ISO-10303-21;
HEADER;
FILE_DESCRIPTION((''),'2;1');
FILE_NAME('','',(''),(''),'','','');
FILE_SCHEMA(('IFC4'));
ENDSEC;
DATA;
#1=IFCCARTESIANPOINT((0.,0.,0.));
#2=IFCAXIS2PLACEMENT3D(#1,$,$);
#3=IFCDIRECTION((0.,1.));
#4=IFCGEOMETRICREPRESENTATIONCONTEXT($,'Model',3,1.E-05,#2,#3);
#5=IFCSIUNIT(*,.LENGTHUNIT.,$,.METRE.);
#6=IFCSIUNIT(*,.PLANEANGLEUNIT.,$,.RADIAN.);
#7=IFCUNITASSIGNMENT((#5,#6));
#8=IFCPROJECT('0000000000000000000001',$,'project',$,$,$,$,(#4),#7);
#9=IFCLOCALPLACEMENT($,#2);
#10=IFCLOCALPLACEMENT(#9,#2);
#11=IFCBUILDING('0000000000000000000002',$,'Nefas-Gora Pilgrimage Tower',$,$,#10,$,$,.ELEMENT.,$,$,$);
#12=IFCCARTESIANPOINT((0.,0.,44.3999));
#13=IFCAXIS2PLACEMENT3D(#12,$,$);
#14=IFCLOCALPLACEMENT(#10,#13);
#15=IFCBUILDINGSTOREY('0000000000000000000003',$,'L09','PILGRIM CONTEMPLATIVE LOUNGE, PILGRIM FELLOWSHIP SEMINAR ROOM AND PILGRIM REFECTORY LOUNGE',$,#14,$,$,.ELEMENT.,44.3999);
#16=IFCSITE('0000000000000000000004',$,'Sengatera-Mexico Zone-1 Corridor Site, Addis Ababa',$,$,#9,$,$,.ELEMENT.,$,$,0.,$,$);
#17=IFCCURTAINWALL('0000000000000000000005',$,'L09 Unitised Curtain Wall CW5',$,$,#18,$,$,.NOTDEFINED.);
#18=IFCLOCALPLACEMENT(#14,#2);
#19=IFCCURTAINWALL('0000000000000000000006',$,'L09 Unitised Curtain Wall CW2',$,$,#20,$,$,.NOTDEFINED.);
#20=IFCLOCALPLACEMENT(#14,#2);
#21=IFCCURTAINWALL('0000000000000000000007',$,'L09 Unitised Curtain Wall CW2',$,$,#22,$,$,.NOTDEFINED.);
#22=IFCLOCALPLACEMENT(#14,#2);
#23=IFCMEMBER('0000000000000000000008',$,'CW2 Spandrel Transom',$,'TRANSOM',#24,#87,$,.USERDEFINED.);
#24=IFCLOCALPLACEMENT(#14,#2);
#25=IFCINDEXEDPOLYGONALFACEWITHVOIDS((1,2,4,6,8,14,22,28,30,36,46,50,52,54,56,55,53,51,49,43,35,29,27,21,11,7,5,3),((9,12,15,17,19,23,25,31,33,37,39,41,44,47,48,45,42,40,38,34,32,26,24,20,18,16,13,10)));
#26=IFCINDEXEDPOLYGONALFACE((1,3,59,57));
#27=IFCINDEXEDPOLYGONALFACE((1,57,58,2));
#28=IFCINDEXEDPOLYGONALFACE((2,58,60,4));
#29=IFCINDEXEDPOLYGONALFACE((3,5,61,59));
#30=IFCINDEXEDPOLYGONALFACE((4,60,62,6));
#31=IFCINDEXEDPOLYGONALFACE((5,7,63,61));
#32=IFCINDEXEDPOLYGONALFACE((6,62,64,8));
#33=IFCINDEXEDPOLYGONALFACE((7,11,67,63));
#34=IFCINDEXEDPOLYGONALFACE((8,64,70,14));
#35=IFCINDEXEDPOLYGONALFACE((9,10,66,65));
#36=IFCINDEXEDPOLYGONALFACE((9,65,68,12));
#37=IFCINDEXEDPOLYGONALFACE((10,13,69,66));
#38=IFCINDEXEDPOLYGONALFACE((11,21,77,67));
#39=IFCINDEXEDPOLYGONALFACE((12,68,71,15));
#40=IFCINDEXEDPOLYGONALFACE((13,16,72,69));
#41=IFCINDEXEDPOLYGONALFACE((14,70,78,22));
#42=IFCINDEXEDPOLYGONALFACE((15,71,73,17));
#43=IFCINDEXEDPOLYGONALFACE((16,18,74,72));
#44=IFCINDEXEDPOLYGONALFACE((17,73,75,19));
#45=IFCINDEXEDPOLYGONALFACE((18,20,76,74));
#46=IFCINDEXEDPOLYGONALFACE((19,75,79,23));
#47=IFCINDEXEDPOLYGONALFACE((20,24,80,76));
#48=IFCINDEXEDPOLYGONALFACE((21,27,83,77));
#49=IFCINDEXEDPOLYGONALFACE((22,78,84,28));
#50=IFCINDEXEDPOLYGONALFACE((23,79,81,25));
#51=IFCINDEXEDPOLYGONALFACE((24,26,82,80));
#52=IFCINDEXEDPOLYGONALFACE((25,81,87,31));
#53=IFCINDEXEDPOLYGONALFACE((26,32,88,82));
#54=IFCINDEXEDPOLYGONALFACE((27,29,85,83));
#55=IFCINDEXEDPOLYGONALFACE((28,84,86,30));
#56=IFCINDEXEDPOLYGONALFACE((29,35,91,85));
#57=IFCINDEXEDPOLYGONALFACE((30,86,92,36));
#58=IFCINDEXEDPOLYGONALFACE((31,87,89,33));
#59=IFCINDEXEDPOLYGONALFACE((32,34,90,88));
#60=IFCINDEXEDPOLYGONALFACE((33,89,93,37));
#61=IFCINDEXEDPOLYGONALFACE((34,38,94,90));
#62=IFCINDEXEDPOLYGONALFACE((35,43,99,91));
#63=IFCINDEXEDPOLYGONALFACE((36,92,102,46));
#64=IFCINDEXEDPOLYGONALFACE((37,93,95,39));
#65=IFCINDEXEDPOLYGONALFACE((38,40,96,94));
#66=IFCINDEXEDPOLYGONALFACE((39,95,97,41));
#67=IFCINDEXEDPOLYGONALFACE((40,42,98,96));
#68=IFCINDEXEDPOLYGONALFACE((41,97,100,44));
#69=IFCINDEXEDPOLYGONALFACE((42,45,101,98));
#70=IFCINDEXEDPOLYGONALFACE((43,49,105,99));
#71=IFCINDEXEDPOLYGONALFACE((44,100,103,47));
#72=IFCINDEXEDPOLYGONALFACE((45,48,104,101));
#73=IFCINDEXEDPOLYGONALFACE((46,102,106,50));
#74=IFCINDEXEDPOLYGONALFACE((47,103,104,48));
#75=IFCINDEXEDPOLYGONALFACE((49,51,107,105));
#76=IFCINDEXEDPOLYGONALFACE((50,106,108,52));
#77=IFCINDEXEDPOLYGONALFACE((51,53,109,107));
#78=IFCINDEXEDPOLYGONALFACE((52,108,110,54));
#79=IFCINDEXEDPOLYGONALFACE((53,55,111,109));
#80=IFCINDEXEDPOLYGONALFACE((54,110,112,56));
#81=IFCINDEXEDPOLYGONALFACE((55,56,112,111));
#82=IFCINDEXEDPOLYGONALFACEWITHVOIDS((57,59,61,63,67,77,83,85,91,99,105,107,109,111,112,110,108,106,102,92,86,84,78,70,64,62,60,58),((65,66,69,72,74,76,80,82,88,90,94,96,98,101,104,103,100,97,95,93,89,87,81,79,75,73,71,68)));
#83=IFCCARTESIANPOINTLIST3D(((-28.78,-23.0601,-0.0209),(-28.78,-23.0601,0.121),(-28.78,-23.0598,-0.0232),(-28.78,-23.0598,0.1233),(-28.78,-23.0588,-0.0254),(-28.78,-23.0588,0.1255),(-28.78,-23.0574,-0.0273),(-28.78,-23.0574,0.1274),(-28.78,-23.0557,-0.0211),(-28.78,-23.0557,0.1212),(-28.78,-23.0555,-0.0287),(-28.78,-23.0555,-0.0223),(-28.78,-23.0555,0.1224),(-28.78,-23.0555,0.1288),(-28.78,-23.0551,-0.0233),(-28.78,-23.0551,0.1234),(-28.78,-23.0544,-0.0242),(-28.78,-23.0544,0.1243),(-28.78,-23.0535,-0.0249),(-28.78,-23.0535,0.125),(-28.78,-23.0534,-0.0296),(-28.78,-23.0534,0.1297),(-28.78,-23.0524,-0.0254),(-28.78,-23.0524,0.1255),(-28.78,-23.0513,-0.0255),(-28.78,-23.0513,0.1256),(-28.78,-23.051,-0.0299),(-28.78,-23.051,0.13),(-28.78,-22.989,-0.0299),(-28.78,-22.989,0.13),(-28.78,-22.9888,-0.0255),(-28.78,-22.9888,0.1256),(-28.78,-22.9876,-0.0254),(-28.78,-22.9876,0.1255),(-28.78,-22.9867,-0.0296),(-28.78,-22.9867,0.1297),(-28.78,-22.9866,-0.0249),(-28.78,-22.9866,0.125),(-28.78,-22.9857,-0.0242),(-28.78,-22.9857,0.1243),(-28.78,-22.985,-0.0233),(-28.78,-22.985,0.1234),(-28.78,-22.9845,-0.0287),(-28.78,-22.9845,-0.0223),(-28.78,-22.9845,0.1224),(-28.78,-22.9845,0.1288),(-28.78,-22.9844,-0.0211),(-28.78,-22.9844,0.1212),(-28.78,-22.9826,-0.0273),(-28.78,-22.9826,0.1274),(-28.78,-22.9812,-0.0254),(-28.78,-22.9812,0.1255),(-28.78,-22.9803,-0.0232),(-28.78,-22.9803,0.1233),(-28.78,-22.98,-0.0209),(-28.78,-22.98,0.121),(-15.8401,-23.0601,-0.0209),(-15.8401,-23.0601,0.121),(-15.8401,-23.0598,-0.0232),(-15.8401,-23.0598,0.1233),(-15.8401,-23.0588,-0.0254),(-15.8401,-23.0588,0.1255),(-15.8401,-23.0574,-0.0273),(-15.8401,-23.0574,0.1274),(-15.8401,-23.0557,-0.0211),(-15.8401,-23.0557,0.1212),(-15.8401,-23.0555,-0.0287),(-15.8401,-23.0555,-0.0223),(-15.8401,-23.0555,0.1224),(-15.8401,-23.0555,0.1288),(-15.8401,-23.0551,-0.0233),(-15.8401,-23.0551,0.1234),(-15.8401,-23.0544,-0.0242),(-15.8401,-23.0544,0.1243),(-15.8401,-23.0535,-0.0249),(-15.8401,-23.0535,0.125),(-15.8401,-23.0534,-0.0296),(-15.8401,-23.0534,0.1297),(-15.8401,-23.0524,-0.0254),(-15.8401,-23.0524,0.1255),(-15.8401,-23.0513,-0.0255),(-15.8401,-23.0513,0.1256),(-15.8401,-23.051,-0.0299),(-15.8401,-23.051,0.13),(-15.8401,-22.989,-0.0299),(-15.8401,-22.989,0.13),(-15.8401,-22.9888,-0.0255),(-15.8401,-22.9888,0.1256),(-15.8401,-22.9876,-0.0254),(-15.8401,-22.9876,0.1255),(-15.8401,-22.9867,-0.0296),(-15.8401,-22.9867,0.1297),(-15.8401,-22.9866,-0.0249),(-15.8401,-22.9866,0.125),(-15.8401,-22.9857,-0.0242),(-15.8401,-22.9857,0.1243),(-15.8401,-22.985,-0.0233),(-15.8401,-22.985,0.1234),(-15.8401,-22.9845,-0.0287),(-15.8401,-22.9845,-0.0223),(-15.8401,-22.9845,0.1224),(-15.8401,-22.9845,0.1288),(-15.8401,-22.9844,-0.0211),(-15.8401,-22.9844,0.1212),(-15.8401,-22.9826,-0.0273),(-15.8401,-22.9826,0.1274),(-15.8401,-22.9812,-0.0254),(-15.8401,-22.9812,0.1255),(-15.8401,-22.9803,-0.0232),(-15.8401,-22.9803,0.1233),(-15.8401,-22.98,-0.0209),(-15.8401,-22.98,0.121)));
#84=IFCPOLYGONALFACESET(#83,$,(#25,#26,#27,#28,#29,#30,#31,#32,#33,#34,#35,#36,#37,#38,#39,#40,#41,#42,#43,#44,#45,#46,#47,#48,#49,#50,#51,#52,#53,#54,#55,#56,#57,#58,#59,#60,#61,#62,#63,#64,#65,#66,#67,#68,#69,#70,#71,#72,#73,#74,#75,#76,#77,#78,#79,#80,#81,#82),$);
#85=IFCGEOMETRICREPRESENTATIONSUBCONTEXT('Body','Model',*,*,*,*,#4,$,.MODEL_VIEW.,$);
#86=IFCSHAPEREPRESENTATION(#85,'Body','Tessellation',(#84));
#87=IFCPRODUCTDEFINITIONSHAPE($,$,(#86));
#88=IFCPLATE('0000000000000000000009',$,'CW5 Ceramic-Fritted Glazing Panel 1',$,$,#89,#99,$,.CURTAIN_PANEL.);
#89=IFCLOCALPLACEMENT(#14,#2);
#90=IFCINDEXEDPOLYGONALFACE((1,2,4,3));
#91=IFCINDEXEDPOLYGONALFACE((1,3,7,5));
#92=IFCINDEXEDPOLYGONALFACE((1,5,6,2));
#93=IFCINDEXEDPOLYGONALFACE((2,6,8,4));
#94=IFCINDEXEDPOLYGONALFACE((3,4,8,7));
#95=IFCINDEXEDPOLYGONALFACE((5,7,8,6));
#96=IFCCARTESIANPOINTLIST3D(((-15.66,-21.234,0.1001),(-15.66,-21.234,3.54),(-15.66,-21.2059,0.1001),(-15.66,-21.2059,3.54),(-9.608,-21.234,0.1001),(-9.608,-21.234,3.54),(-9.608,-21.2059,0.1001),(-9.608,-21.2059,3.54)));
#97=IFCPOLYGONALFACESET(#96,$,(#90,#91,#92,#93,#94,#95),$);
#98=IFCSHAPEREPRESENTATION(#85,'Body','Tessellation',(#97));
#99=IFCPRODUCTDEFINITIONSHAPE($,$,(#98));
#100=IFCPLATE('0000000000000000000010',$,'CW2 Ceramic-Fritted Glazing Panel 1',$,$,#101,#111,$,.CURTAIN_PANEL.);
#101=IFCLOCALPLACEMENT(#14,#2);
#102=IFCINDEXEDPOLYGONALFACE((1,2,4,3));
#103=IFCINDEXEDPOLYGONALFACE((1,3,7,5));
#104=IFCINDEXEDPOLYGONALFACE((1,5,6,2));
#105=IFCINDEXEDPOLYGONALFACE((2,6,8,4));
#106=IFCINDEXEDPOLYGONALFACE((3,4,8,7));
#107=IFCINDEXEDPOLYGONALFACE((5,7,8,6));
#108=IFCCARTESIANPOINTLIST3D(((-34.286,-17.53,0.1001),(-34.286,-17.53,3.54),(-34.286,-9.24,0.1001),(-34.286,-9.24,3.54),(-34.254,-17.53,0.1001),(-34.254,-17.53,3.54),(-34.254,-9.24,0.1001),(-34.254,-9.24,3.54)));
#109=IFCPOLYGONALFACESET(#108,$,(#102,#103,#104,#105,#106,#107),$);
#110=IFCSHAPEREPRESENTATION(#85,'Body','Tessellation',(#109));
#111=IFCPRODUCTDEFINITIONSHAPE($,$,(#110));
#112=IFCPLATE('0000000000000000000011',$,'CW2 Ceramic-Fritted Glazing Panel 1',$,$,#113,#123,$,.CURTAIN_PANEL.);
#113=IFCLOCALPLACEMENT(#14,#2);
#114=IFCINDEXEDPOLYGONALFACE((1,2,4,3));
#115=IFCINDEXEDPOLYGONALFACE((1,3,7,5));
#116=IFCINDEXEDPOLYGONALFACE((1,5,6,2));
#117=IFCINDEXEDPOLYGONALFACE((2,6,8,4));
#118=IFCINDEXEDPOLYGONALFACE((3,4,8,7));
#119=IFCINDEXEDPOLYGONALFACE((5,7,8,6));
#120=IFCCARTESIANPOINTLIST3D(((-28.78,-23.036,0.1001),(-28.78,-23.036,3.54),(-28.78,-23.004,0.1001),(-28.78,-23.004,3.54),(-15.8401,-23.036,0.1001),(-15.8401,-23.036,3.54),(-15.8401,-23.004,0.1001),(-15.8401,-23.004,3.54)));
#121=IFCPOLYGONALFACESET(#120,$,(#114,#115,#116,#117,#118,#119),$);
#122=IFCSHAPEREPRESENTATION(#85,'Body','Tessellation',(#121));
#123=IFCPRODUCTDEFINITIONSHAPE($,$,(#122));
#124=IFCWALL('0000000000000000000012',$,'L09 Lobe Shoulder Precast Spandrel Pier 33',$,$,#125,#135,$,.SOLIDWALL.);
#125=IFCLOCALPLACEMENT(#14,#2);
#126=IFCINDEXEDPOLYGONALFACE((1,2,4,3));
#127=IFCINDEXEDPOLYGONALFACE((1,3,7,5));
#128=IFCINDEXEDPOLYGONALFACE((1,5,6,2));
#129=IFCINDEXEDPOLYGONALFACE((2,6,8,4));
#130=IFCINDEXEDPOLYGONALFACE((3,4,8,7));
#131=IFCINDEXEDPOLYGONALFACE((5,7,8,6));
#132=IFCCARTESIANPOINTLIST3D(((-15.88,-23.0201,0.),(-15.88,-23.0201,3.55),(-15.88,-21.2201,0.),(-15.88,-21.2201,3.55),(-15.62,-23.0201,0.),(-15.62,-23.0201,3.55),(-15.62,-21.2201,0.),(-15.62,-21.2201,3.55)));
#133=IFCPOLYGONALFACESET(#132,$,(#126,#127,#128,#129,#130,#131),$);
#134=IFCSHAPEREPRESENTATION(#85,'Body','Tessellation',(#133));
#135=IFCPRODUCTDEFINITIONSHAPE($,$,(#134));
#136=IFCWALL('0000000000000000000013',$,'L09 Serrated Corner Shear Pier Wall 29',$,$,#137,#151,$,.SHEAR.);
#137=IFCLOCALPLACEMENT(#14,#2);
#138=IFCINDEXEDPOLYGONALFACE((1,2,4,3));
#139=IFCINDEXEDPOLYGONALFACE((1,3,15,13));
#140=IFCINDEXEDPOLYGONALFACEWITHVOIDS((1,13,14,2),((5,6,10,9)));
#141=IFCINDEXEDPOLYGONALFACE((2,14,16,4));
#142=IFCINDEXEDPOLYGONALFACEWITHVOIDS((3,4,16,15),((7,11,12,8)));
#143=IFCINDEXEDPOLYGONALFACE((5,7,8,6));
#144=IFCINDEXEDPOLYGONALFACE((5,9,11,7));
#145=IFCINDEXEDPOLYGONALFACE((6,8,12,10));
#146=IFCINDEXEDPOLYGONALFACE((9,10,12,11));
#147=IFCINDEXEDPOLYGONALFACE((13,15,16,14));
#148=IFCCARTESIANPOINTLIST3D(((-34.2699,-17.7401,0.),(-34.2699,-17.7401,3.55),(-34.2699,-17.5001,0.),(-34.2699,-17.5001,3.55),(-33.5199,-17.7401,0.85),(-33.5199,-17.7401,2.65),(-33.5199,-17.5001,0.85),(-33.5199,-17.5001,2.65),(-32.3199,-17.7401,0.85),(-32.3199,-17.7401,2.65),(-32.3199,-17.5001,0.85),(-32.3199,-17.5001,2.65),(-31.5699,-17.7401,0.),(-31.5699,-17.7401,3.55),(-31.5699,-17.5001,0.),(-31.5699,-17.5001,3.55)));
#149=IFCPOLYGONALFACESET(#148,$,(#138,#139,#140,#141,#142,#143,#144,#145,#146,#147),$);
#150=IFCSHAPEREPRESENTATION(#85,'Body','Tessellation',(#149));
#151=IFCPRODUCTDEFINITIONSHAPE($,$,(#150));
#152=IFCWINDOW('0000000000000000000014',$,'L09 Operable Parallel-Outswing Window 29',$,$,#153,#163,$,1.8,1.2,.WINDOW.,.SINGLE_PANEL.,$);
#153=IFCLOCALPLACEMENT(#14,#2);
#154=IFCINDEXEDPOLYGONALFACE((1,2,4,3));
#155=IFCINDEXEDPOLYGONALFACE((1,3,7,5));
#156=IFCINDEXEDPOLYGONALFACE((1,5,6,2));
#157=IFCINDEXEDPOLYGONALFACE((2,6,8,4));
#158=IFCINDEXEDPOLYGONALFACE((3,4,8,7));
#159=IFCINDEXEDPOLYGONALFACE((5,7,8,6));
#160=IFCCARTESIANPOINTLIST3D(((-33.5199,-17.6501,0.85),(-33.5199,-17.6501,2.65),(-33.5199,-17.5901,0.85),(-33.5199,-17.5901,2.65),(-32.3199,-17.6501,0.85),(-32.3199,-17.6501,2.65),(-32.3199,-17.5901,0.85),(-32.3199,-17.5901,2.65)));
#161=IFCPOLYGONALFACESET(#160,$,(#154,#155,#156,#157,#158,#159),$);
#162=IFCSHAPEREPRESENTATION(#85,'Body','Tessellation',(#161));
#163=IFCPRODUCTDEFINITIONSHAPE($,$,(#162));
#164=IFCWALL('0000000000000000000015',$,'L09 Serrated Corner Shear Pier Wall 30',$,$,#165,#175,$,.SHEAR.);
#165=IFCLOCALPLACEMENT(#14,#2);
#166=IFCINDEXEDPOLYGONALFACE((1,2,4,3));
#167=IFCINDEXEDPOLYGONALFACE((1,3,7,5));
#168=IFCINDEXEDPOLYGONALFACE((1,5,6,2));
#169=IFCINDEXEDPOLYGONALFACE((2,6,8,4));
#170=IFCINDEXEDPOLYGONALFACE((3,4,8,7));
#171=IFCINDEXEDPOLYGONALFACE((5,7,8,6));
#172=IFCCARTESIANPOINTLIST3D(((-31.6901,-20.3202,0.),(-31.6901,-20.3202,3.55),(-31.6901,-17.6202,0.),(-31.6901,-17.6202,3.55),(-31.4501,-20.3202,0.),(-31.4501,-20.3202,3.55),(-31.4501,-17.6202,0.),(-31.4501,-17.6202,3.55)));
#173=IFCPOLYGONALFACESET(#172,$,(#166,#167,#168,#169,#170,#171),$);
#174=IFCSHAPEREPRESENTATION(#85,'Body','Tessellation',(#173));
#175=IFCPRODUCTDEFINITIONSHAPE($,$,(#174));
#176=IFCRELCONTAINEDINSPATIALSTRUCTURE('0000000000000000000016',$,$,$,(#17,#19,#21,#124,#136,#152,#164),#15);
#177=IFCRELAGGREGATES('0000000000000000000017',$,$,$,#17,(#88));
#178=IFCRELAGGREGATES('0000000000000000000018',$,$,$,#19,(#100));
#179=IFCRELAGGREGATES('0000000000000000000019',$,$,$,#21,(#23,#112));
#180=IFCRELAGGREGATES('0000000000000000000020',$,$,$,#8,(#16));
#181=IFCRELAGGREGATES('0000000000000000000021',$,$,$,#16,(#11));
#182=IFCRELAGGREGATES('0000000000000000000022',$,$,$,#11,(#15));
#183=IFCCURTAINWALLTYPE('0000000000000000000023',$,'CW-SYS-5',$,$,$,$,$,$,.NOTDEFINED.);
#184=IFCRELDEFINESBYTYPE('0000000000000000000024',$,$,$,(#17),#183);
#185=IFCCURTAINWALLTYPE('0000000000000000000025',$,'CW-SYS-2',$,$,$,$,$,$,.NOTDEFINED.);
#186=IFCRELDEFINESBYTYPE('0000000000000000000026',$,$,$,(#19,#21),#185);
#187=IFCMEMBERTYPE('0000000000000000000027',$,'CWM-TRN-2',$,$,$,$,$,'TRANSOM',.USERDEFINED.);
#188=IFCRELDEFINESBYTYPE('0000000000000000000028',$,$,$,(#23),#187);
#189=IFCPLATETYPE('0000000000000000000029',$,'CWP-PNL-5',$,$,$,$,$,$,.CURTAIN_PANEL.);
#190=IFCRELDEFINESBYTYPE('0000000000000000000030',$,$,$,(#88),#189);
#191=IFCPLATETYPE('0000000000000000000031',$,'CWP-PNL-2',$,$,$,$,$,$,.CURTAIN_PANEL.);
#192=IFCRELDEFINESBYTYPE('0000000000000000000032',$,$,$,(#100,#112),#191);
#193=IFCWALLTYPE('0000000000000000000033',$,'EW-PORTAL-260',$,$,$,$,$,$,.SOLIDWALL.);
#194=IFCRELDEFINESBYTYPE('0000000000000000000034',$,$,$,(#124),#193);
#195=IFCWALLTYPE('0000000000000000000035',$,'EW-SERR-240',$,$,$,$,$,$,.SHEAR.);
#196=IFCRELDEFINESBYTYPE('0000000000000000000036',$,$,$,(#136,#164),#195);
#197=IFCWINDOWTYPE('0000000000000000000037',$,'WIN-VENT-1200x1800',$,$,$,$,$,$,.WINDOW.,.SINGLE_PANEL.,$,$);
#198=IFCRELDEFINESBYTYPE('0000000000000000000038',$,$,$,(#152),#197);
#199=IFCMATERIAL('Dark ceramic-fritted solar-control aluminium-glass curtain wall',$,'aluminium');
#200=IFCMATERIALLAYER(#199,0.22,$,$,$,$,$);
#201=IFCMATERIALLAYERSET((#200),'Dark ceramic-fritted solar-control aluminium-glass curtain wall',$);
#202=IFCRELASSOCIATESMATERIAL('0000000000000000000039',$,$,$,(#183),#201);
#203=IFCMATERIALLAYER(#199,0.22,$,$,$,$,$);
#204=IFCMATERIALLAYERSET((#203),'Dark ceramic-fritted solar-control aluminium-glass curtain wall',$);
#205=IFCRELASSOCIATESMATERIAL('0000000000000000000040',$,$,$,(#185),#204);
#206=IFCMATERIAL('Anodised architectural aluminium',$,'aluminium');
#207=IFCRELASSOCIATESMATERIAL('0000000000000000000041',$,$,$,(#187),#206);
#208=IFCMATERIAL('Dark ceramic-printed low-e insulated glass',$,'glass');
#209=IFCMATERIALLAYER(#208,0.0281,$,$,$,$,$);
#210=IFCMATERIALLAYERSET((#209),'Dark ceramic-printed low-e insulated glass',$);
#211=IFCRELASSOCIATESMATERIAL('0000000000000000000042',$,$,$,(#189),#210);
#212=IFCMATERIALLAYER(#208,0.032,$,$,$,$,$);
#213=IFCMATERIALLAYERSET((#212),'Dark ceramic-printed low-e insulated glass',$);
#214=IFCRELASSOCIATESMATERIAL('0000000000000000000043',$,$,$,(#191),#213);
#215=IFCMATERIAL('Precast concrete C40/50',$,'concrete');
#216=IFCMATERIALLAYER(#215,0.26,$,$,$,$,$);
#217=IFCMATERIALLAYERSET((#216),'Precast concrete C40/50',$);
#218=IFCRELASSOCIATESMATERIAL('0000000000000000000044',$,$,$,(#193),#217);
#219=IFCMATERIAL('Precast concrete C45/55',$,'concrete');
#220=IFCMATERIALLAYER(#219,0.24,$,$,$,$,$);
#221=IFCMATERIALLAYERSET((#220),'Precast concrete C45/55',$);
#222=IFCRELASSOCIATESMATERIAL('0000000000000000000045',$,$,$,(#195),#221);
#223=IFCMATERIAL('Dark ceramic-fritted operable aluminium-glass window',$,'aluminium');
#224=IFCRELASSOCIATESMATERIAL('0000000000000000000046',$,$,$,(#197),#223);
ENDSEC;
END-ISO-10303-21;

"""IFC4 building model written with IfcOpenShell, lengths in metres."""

from ifc_helpers import new_model, si_unit, direction, frame, frame_2d, origin, origin_2d, place, context, subcontext, project, spatial, rectangle, hollow_rectangle, extrude, source, transform, mapped, material, layer, layer_set, material_profile, profile_set, type_object, element, fill, aggregate, save


model = new_model("IFC4")

# Units and contexts
model_context = context("Model", 3, precision=1e-05, world=origin(), true_north=direction((0.0, 1.0)))
body_context = subcontext(model_context, "Body", "Model", "MODEL_VIEW")
ifc_project = project(units=[si_unit("LENGTHUNIT", "METRE"), si_unit("PLANEANGLEUNIT", "RADIAN")], contexts=[model_context])

# Site, building, storey
site_placement = place(None, origin())
site = spatial("IfcSite", under=ifc_project, at=site_placement, Name="Sengatera-Mexico Zone-1 Corridor Site, Addis Ababa", CompositionType="ELEMENT", RefElevation=0.0)
building_placement = place(site_placement, origin())
building = spatial("IfcBuilding", under=site, at=building_placement, Name="Nefas-Gora Pilgrimage Tower", CompositionType="ELEMENT")
storey_placement = place(building_placement, frame((0.0, 0.0, 44.3999)))
storey = spatial("IfcBuildingStorey", under=building, at=storey_placement, Name="L09", Description="PILGRIM CONTEMPLATIVE LOUNGE, PILGRIM FELLOWSHIP SEMINAR ROOM AND PILGRIM REFECTORY LOUNGE", CompositionType="ELEMENT", Elevation=44.3999)

# Curtain wall
ifc_material_1 = material(Name="Dark ceramic-fritted solar-control aluminium-glass curtain wall", Category="aluminium")
ifc_layer_1 = layer(ifc_material_1, 0.22)
ifc_layer_set_1 = layer_set([ifc_layer_1], Name="Dark ceramic-fritted solar-control aluminium-glass curtain wall")
curtain_wall_type_1 = type_object("IfcCurtainWallType", Name="CW-SYS-5", PredefinedType="NOTDEFINED", material=ifc_layer_set_1)
curtain_wall_1_placement = place(storey_placement, origin())
curtain_wall_1 = element("IfcCurtainWall", 1, at=curtain_wall_1_placement, inside=storey, type_object=curtain_wall_type_1, Name="L09 Unitised Curtain Wall CW5", PredefinedType="NOTDEFINED")
ifc_material_2 = material(Name="Anodised architectural aluminium", Category="aluminium")

# Curtain wall
ifc_layer_2 = layer(ifc_material_1, 0.22)
ifc_layer_set_2 = layer_set([ifc_layer_2], Name="Dark ceramic-fritted solar-control aluminium-glass curtain wall")
curtain_wall_type_2 = type_object("IfcCurtainWallType", Name="CW-SYS-2", PredefinedType="NOTDEFINED", material=ifc_layer_set_2)
curtain_wall_2_placement = place(storey_placement, origin())
curtain_wall_2 = element("IfcCurtainWall", 2, at=curtain_wall_2_placement, inside=storey, type_object=curtain_wall_type_2, Name="L09 Unitised Curtain Wall CW2", PredefinedType="NOTDEFINED")

# Curtain wall
curtain_wall_3_placement = place(storey_placement, origin())
curtain_wall_3 = element("IfcCurtainWall", 3, at=curtain_wall_3_placement, inside=storey, type_object=curtain_wall_type_2, Name="L09 Unitised Curtain Wall CW2", PredefinedType="NOTDEFINED")

# Member
ifc_material_profile_1 = material_profile(ifc_material_2, hollow_rectangle(XDim=0.0801, YDim=0.1599, WallThickness=0.0044, InnerFilletRadius=0.0044, OuterFilletRadius=0.009, at=origin_2d()), Name="ALU TRANSOM 80x160")
ifc_profile_set_1 = profile_set([ifc_material_profile_1], Name="Anodised architectural aluminium")
member_type_1 = type_object("IfcMemberType", Name="CWM-TRN-2", ElementType="TRANSOM", PredefinedType="USERDEFINED", material=ifc_profile_set_1)
shared_shape_1 = source(origin(), body_context, "Body", "SweptSolid", [
    extrude(hollow_rectangle(XDim=0.0801, YDim=0.1599, WallThickness=0.0044, InnerFilletRadius=0.0044, OuterFilletRadius=0.009, at=origin_2d()), origin(), (0.0, 0.0, 1.0), 12.9399),
])
member_1_placement = place(storey_placement, frame((-28.78, -23.02, 0.05), z_axis=(1.0, 0.0, 0.0), x_axis=(0.0, 1.0, 0.0)))
member_1 = element("IfcMember", 4, at=member_1_placement, type_object=member_type_1, Name="CW2 Spandrel Transom", ObjectType="TRANSOM", PredefinedType="USERDEFINED", context=body_context, shape_type="MappedRepresentation", body=[
    mapped(shared_shape_1, transform((0.0, 0.0, 0.0), x_axis=(1.0, 0.0, 0.0), y_axis=(0.0, 1.0, 0.0), z_axis=(0.0, 0.0, 1.0), scale=1.0)),
])

# Plates
ifc_material_3 = material(Name="Dark ceramic-printed low-e insulated glass", Category="glass")
ifc_layer_3 = layer(ifc_material_3, 0.0281)
ifc_layer_set_3 = layer_set([ifc_layer_3], Name="Dark ceramic-printed low-e insulated glass")
plate_type_1 = type_object("IfcPlateType", Name="CWP-PNL-5", PredefinedType="CURTAIN_PANEL", material=ifc_layer_set_3)
shared_shape_2 = source(origin(), body_context, "Body", "SweptSolid", [
    extrude(rectangle(XDim=6.052, YDim=0.0281, at=origin_2d()), origin(), (0.0, 0.0, 1.0), 3.4399),
])
plate_1_placement = place(storey_placement, frame((-12.634, -21.22, 0.1001), z_axis=(0.0, 0.0, 1.0), x_axis=(1.0, 0.0, 0.0)))
plate_1 = element("IfcPlate", 5, at=plate_1_placement, type_object=plate_type_1, Name="CW5 Ceramic-Fritted Glazing Panel 1", PredefinedType="CURTAIN_PANEL", context=body_context, shape_type="MappedRepresentation", body=[
    mapped(shared_shape_2, transform((0.0, 0.0, 0.0), x_axis=(1.0, 0.0, 0.0), y_axis=(0.0, 1.0, 0.0), z_axis=(0.0, 0.0, 1.0), scale=1.0)),
])
aggregate(curtain_wall_1, [plate_1])
ifc_layer_4 = layer(ifc_material_3, 0.032)
ifc_layer_set_4 = layer_set([ifc_layer_4], Name="Dark ceramic-printed low-e insulated glass")
plate_type_2 = type_object("IfcPlateType", Name="CWP-PNL-2", PredefinedType="CURTAIN_PANEL", material=ifc_layer_set_4)
shared_shape_3 = source(origin(), body_context, "Body", "SweptSolid", [
    extrude(rectangle(XDim=8.29, YDim=0.032, at=origin_2d()), origin(), (0.0, 0.0, 1.0), 3.4399),
])
plate_2_placement = place(storey_placement, frame((-34.27, -13.385, 0.1001), z_axis=(0.0, 0.0, 1.0), x_axis=(0.0, -1.0, 0.0)))
plate_2 = element("IfcPlate", 6, at=plate_2_placement, type_object=plate_type_2, Name="CW2 Ceramic-Fritted Glazing Panel 1", PredefinedType="CURTAIN_PANEL", context=body_context, shape_type="MappedRepresentation", body=[
    mapped(shared_shape_3, transform((0.0, 0.0, 0.0), x_axis=(1.0, 0.0, 0.0), y_axis=(0.0, 1.0, 0.0), z_axis=(0.0, 0.0, 1.0), scale=1.0)),
])
aggregate(curtain_wall_2, [plate_2])
shared_shape_4 = source(origin(), body_context, "Body", "SweptSolid", [
    extrude(rectangle(XDim=12.9399, YDim=0.032, at=origin_2d()), origin(), (0.0, 0.0, 1.0), 3.4399),
])
plate_3_placement = place(storey_placement, frame((-22.3101, -23.02, 0.1001), z_axis=(0.0, 0.0, 1.0), x_axis=(1.0, 0.0, 0.0)))
plate_3 = element("IfcPlate", 7, at=plate_3_placement, type_object=plate_type_2, Name="CW2 Ceramic-Fritted Glazing Panel 1", PredefinedType="CURTAIN_PANEL", context=body_context, shape_type="MappedRepresentation", body=[
    mapped(shared_shape_4, transform((0.0, 0.0, 0.0), x_axis=(1.0, 0.0, 0.0), y_axis=(0.0, 1.0, 0.0), z_axis=(0.0, 0.0, 1.0), scale=1.0)),
])
aggregate(curtain_wall_3, [member_1, plate_3])

# Wall
ifc_material_4 = material(Name="Precast concrete C40/50", Category="concrete")
ifc_layer_5 = layer(ifc_material_4, 0.26)
ifc_layer_set_5 = layer_set([ifc_layer_5], Name="Precast concrete C40/50")
wall_type_1 = type_object("IfcWallType", Name="EW-PORTAL-260", PredefinedType="SOLIDWALL", material=ifc_layer_set_5)
shared_shape_5 = source(origin(), body_context, "Body", "SweptSolid", [
    extrude(rectangle(XDim=1.8, YDim=0.26, at=frame_2d((0.8999, 0.0))), origin(), (0.0, 0.0, 1.0), 3.55),
])
wall_1_placement = place(storey_placement, frame((-15.75, -23.02, 0.0), z_axis=(0.0, 0.0, 1.0), x_axis=(0.0, 1.0, 0.0)))
element("IfcWall", 8, at=wall_1_placement, inside=storey, type_object=wall_type_1, Name="L09 Lobe Shoulder Precast Spandrel Pier 33", PredefinedType="SOLIDWALL", context=body_context, shape_type="MappedRepresentation", body=[
    mapped(shared_shape_5, transform((0.0, 0.0, 0.0), x_axis=(1.0, 0.0, 0.0), y_axis=(0.0, 1.0, 0.0), z_axis=(0.0, 0.0, 1.0), scale=1.0)),
])

# Wall, opening, window
ifc_material_5 = material(Name="Precast concrete C45/55", Category="concrete")
ifc_layer_6 = layer(ifc_material_5, 0.24)
ifc_layer_set_6 = layer_set([ifc_layer_6], Name="Precast concrete C45/55")
wall_type_2 = type_object("IfcWallType", Name="EW-SERR-240", PredefinedType="SHEAR", material=ifc_layer_set_6)
shared_shape_6 = source(origin(), body_context, "Body", "SweptSolid", [
    extrude(rectangle(XDim=2.7, YDim=0.24, at=frame_2d((1.3501, 0.0))), origin(), (0.0, 0.0, 1.0), 3.55),
])
wall_2_placement = place(storey_placement, frame((-34.27, -17.6201, 0.0), z_axis=(0.0, 0.0, 1.0), x_axis=(1.0, 0.0, 0.0)))
wall_2 = element("IfcWall", 9, at=wall_2_placement, inside=storey, type_object=wall_type_2, Name="L09 Serrated Corner Shear Pier Wall 29", PredefinedType="SHEAR", context=body_context, shape_type="MappedRepresentation", body=[
    mapped(shared_shape_6, transform((0.0, 0.0, 0.0), x_axis=(1.0, 0.0, 0.0), y_axis=(0.0, 1.0, 0.0), z_axis=(0.0, 0.0, 1.0), scale=1.0)),
])
opening_1_placement = place(wall_2_placement, frame((0.75, 0.0, 0.8501)))
opening_1 = element("IfcOpeningElement", 10, at=opening_1_placement, cuts=wall_2, PredefinedType="OPENING", context=body_context, shape_type="SweptSolid", body=[
    extrude(rectangle(XDim=1.2, YDim=1.8, at=frame_2d((0.6001, 0.8999))), frame((0.0, 0.1299, 0.0), z_axis=(0.0, -1.0, 0.0), x_axis=(1.0, 0.0, 0.0)), (0.0, 0.0, 1.0), 0.26),
])
ifc_material_6 = material(Name="Dark ceramic-fritted operable aluminium-glass window", Category="aluminium")
window_type = type_object("IfcWindowType", Name="WIN-VENT-1200x1800", PartitioningType="SINGLE_PANEL", PredefinedType="WINDOW", material=ifc_material_6)
shared_shape_7 = source(origin(), body_context, "Body", "SweptSolid", [
    extrude(rectangle(XDim=1.2, YDim=1.8, at=frame_2d((0.6001, 0.8999))), frame((0.0, 0.03, 0.0), z_axis=(0.0, -1.0, 0.0), x_axis=(1.0, 0.0, 0.0)), (0.0, 0.0, 1.0), 0.0601),
])
window_placement = place(opening_1_placement, origin())
window = element("IfcWindow", 11, at=window_placement, inside=storey, type_object=window_type, Name="L09 Operable Parallel-Outswing Window 29", OverallHeight=1.8, OverallWidth=1.2, PartitioningType="SINGLE_PANEL", PredefinedType="WINDOW", context=body_context, shape_type="MappedRepresentation", body=[
    mapped(shared_shape_7, transform((0.0, 0.0, 0.0), x_axis=(1.0, 0.0, 0.0), y_axis=(0.0, 1.0, 0.0), z_axis=(0.0, 0.0, 1.0), scale=1.0)),
])
fill(opening_1, window)

# Wall
for number, where, z_axis, x_axis, name in (
    (12, (-31.5701, -17.6201, 0.0), (0.0, 0.0, 1.0), (0.0, -1.0, 0.0), "L09 Serrated Corner Shear Pier Wall 30"),
):
    element("IfcWall", number, at=place(storey_placement, frame(where, z_axis=z_axis, x_axis=x_axis)), inside=storey, type_object=wall_type_2, Name=name, PredefinedType="SHEAR", context=body_context, shape_type="MappedRepresentation", body=[
        mapped(shared_shape_6, transform((0.0, 0.0, 0.0), x_axis=(1.0, 0.0, 0.0), y_axis=(0.0, 1.0, 0.0), z_axis=(0.0, 0.0, 1.0), scale=1.0)),
    ])

save(model, "model.ifc")
